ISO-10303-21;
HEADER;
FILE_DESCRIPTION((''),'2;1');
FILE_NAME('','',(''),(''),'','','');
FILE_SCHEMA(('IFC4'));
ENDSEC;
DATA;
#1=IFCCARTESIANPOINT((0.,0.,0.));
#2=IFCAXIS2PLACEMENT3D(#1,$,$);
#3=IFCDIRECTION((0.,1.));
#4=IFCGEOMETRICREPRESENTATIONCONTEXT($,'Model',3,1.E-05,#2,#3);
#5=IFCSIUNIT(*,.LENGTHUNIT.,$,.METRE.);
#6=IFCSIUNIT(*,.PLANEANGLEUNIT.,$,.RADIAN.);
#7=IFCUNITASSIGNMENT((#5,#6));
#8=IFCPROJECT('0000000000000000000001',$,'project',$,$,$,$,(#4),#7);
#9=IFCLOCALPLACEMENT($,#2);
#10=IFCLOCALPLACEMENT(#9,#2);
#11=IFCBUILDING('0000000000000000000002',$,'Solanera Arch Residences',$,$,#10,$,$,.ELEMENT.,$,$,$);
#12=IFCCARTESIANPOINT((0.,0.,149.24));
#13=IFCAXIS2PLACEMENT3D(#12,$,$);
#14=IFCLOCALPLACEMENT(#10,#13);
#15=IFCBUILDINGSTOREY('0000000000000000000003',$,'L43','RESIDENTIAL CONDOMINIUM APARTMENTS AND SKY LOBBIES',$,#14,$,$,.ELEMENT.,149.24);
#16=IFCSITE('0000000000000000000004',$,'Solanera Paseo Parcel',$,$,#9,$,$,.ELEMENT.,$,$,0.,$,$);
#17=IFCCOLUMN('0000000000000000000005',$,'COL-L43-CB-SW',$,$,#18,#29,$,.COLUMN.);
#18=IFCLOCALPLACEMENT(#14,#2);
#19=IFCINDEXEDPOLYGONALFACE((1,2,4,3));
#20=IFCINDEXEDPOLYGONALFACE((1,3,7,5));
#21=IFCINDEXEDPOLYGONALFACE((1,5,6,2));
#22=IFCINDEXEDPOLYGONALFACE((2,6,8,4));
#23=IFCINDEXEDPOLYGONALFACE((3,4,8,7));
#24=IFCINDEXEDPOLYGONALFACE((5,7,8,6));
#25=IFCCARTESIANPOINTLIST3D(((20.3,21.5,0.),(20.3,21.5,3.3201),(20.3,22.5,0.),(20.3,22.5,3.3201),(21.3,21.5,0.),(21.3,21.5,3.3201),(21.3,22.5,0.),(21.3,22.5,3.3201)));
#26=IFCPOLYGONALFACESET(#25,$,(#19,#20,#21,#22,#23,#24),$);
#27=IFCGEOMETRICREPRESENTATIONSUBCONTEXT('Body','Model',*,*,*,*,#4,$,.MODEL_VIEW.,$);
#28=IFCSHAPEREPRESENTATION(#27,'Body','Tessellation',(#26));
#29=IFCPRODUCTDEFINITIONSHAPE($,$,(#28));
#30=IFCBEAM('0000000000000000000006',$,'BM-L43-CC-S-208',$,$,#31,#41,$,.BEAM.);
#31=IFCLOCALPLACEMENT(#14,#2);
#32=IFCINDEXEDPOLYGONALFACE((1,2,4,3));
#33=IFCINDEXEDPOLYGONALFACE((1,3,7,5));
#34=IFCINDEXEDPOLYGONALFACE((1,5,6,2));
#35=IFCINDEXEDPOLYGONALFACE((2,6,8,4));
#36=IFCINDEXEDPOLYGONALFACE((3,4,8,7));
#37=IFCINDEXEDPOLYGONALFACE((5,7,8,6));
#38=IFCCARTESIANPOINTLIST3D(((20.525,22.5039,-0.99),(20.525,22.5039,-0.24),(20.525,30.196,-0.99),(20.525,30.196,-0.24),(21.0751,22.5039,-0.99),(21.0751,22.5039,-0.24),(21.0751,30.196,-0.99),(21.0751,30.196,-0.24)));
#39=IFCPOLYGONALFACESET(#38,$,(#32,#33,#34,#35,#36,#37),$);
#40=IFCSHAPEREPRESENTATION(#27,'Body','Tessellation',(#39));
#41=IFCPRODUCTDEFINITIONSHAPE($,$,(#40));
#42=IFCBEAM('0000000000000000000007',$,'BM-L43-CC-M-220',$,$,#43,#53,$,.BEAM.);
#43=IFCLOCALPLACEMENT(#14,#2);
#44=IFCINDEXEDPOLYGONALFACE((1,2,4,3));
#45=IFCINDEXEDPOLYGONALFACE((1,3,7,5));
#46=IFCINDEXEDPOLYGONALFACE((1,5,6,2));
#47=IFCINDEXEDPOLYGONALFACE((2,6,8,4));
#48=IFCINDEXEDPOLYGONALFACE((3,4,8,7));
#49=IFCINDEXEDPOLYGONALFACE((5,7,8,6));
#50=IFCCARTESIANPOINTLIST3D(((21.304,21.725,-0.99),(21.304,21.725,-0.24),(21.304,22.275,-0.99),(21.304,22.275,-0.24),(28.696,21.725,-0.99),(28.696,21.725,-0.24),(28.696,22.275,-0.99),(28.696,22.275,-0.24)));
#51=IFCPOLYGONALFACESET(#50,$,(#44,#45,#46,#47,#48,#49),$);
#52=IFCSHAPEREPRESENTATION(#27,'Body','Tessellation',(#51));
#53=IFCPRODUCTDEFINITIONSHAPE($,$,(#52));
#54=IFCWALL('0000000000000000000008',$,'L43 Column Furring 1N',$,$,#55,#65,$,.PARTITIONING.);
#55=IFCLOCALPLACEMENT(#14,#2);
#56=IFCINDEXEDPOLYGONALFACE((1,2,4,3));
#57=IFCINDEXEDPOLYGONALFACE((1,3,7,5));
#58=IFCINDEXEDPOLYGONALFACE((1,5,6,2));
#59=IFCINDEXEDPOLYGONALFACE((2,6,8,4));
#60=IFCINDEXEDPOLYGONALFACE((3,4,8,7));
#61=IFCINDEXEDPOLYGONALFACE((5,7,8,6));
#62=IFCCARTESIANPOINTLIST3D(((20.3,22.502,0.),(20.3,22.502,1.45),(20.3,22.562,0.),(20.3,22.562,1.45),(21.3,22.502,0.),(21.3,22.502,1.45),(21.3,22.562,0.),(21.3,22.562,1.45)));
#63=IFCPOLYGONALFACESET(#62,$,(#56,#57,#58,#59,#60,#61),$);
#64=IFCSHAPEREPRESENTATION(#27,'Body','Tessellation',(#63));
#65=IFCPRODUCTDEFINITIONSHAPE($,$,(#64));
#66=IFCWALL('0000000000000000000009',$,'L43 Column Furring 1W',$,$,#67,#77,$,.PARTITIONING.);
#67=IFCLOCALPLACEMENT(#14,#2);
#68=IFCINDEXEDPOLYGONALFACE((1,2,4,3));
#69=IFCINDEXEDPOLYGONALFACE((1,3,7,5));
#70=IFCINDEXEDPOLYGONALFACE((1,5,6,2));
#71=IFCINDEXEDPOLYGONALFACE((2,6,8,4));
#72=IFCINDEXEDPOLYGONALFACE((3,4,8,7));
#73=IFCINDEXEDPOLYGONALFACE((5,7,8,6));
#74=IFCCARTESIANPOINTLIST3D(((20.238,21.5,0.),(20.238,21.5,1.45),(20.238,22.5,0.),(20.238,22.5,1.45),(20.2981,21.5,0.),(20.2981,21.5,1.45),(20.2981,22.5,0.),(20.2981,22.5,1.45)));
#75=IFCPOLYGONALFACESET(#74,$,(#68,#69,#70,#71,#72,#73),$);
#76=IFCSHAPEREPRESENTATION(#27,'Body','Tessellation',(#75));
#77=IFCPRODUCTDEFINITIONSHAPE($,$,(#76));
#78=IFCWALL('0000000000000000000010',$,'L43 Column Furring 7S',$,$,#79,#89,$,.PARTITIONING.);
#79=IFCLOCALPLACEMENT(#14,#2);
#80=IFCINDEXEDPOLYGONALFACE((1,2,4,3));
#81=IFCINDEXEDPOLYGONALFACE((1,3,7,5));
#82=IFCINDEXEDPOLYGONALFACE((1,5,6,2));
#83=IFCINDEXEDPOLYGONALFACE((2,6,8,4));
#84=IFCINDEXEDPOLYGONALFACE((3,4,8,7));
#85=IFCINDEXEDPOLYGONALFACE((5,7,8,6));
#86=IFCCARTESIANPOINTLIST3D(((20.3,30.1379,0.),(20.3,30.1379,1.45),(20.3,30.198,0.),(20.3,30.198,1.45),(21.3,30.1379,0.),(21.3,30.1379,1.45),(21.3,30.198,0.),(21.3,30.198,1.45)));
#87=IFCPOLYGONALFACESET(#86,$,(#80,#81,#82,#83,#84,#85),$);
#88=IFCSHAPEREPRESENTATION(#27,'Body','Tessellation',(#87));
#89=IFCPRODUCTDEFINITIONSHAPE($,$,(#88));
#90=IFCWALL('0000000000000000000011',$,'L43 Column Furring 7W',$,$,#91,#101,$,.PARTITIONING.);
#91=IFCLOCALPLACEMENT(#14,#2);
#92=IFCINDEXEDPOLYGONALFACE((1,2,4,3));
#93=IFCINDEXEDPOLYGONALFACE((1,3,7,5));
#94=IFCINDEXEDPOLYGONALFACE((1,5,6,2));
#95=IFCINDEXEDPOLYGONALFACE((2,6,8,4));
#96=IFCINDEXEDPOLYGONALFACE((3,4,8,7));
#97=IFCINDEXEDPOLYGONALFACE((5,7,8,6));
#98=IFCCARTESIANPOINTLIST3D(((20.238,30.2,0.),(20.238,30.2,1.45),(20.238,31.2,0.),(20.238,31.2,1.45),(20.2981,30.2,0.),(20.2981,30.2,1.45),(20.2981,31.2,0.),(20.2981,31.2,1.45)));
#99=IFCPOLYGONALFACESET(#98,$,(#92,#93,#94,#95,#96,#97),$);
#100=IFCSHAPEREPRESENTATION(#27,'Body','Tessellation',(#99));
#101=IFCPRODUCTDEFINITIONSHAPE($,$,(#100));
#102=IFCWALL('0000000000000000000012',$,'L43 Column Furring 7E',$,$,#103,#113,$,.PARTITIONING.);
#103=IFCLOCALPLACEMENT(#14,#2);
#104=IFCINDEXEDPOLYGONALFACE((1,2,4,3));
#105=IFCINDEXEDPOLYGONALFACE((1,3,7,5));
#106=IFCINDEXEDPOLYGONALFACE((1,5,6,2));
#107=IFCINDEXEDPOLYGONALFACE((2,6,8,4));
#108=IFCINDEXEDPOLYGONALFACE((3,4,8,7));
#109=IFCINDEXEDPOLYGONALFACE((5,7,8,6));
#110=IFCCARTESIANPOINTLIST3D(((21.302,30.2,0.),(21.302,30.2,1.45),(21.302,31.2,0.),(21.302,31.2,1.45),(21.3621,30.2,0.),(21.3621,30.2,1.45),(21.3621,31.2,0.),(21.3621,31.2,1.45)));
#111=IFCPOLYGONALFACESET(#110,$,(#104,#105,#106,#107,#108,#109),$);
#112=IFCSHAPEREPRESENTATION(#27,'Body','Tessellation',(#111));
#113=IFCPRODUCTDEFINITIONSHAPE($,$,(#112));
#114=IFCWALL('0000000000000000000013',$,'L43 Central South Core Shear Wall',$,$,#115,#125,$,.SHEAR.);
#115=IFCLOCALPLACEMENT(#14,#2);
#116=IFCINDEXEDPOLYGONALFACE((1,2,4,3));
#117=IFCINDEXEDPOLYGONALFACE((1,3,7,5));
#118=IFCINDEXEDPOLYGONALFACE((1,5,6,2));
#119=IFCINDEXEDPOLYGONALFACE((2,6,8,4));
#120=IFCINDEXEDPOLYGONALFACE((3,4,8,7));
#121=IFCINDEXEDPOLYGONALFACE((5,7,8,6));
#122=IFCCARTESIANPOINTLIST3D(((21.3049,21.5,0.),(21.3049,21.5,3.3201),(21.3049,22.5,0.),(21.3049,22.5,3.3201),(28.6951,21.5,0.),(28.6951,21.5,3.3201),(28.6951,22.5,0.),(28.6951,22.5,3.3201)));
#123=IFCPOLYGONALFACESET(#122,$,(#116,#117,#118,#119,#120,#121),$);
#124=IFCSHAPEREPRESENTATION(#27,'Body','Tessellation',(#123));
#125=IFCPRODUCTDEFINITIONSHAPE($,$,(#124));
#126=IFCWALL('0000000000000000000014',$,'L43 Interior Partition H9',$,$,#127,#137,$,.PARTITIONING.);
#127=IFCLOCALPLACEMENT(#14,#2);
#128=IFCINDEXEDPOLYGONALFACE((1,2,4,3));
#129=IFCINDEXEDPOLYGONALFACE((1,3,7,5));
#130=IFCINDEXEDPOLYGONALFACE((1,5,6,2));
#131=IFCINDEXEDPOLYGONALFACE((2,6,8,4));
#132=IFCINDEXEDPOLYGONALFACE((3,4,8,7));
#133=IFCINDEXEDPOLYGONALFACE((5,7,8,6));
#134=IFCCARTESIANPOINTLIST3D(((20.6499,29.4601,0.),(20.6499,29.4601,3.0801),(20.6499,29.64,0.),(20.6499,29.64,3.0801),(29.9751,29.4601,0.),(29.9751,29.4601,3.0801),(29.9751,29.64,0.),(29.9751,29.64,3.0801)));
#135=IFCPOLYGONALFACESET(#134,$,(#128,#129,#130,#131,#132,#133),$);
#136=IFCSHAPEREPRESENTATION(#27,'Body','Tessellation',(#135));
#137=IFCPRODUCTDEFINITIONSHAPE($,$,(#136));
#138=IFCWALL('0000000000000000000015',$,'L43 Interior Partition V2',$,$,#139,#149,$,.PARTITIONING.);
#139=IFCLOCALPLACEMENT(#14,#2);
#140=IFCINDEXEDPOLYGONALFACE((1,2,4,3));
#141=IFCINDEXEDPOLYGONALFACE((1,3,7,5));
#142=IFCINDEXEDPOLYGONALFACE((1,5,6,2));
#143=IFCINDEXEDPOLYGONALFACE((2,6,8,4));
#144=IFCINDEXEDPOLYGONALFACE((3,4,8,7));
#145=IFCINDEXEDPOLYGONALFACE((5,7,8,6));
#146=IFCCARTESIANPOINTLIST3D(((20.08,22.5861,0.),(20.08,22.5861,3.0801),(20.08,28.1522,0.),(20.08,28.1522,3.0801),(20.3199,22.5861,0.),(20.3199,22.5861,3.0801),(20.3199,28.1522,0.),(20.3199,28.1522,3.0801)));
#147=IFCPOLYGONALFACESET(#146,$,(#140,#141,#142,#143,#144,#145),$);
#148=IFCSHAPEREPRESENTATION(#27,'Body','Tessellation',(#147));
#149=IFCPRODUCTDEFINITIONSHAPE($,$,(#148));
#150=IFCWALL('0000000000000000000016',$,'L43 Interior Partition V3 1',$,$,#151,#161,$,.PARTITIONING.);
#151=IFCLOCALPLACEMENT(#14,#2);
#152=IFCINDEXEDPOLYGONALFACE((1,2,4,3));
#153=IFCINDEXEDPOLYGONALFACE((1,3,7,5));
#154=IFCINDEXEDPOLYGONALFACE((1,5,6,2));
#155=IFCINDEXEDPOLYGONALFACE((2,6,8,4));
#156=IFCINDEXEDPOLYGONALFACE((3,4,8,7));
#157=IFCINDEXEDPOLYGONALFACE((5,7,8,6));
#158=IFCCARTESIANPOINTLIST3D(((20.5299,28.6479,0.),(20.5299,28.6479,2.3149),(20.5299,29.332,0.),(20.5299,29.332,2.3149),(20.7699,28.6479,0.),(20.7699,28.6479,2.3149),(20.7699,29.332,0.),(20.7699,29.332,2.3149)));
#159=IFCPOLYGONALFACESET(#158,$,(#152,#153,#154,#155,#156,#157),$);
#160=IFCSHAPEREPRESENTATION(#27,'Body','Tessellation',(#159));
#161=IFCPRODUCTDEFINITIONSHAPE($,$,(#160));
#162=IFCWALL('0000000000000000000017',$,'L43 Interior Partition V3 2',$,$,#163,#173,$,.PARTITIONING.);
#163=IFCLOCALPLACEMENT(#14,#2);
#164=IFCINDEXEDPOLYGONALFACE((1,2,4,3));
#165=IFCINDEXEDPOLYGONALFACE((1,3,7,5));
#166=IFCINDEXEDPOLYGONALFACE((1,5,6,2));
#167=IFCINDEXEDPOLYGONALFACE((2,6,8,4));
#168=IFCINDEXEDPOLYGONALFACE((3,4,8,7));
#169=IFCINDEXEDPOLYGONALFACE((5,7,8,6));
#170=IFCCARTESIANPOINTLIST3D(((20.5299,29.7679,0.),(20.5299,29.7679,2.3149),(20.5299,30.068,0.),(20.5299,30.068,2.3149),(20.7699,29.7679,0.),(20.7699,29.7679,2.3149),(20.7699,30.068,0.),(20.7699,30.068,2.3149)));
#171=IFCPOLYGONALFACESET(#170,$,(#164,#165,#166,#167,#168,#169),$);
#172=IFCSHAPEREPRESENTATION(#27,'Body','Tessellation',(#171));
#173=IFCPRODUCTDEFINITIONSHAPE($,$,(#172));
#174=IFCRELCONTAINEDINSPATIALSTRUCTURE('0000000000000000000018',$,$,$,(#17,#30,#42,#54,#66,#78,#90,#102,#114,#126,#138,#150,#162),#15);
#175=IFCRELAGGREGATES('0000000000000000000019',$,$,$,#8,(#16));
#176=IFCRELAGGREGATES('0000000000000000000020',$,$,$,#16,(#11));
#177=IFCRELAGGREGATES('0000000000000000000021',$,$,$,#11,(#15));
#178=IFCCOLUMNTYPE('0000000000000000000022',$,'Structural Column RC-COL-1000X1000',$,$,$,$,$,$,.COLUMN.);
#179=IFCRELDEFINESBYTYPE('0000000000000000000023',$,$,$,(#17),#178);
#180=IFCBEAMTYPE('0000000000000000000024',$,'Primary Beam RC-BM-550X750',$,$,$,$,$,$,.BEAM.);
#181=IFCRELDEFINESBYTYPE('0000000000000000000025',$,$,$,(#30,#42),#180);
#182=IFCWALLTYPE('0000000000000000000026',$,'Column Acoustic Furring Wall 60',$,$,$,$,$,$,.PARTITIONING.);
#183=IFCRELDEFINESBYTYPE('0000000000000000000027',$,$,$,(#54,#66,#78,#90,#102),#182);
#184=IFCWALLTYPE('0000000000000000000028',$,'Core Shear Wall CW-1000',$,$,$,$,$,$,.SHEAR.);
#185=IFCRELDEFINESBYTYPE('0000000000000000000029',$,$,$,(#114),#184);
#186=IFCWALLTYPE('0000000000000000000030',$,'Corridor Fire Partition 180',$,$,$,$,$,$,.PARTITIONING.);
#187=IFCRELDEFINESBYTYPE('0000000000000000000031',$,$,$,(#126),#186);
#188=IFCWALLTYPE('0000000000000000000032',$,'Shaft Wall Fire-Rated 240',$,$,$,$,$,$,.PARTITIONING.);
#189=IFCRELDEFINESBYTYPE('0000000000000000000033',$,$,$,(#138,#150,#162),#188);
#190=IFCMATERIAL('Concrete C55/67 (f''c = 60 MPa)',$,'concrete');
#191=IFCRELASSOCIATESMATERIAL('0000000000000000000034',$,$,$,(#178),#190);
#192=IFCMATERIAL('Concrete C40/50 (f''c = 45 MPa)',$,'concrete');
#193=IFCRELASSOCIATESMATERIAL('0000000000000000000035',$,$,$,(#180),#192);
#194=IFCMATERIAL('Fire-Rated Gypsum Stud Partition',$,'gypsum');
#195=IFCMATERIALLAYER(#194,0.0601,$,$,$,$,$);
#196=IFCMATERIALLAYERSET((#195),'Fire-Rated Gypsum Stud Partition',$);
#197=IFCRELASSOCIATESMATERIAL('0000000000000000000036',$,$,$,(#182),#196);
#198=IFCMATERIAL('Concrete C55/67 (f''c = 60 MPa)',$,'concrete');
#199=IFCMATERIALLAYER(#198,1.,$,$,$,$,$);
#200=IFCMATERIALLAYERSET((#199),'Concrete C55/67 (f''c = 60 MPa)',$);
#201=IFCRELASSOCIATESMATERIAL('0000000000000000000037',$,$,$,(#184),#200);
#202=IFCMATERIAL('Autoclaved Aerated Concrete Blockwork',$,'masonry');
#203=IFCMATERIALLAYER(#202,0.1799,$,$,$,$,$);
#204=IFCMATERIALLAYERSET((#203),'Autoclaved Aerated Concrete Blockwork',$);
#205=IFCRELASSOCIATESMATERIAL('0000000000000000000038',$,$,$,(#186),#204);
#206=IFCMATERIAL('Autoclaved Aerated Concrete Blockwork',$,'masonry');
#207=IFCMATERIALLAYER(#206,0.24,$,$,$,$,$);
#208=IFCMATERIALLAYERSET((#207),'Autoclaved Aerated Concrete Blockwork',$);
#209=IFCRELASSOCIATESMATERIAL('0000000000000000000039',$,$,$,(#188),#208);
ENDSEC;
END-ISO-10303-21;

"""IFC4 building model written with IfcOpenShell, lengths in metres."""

from ifc_helpers import new_model, si_unit, direction, frame, frame_2d, origin, origin_2d, place, context, subcontext, project, spatial, rectangle, extrude, material, layer, layer_set, material_profile, profile_set, type_object, element, save


model = new_model("IFC4")

# Units and contexts
model_context = context("Model", 3, precision=1e-05, world=origin(), true_north=direction((0.0, 1.0)))
body_context = subcontext(model_context, "Body", "Model", "MODEL_VIEW")
ifc_project = project(units=[si_unit("LENGTHUNIT", "METRE"), si_unit("PLANEANGLEUNIT", "RADIAN")], contexts=[model_context])

# Site, building, storey
site_placement = place(None, origin())
site = spatial("IfcSite", under=ifc_project, at=site_placement, Name="Solanera Paseo Parcel", CompositionType="ELEMENT", RefElevation=0.0)
building_placement = place(site_placement, origin())
building = spatial("IfcBuilding", under=site, at=building_placement, Name="Solanera Arch Residences", CompositionType="ELEMENT")
storey_placement = place(building_placement, frame((0.0, 0.0, 149.24)))
storey = spatial("IfcBuildingStorey", under=building, at=storey_placement, Name="L43", Description="RESIDENTIAL CONDOMINIUM APARTMENTS AND SKY LOBBIES", CompositionType="ELEMENT", Elevation=149.24)

# Column
ifc_material_1 = material(Name="Concrete C55/67 (f'c = 60 MPa)", Category="concrete")
ifc_material_profile_1 = material_profile(ifc_material_1, rectangle(XDim=1.0, YDim=1.0, at=origin_2d()))
ifc_profile_set_1 = profile_set([ifc_material_profile_1], Name="Concrete C55/67 (f'c = 60 MPa)")
column_type = type_object("IfcColumnType", Name="Structural Column RC-COL-1000X1000", PredefinedType="COLUMN", material=ifc_profile_set_1)
column_placement = place(storey_placement, frame((20.8, 22.0, 0.0), z_axis=(0.0, 0.0, 1.0), x_axis=(1.0, 0.0, 0.0)))
element("IfcColumn", 1, at=column_placement, inside=storey, type_object=column_type, Name="COL-L43-CB-SW", PredefinedType="COLUMN", context=body_context, shape_type="SweptSolid", body=[
    extrude(rectangle(XDim=1.0, YDim=1.0, at=origin_2d()), origin(), (0.0, 0.0, 1.0), 3.3201),
])

# Beams
ifc_material_2 = material(Name="Concrete C40/50 (f'c = 45 MPa)", Category="concrete")
ifc_material_profile_2 = material_profile(ifc_material_2, rectangle(XDim=0.55, YDim=0.75, at=origin_2d()))
ifc_profile_set_2 = profile_set([ifc_material_profile_2], Name="Concrete C40/50 (f'c = 45 MPa)")
beam_type = type_object("IfcBeamType", Name="Primary Beam RC-BM-550X750", PredefinedType="BEAM", material=ifc_profile_set_2)
beam_1_placement = place(storey_placement, frame((20.8, 22.5039, -0.615), z_axis=(0.0, 1.0, 0.0), x_axis=(-1.0, 0.0, 0.0)))
element("IfcBeam", 2, at=beam_1_placement, inside=storey, type_object=beam_type, Name="BM-L43-CC-S-208", PredefinedType="BEAM", context=body_context, shape_type="SweptSolid", body=[
    extrude(rectangle(XDim=0.55, YDim=0.75, at=origin_2d()), origin(), (0.0, 0.0, 1.0), 7.6921),
])
beam_2_placement = place(storey_placement, frame((21.304, 22.0, -0.615), z_axis=(1.0, 0.0, 0.0), x_axis=(0.0, 1.0, 0.0)))
element("IfcBeam", 3, at=beam_2_placement, inside=storey, type_object=beam_type, Name="BM-L43-CC-M-220", PredefinedType="BEAM", context=body_context, shape_type="SweptSolid", body=[
    extrude(rectangle(XDim=0.55, YDim=0.75, at=origin_2d()), origin(), (0.0, 0.0, 1.0), 7.3921),
])

# Walls
ifc_material_3 = material(Name="Fire-Rated Gypsum Stud Partition", Category="gypsum")
ifc_layer_1 = layer(ifc_material_3, 0.0601)
ifc_layer_set_1 = layer_set([ifc_layer_1], Name="Fire-Rated Gypsum Stud Partition")
wall_type_1 = type_object("IfcWallType", Name="Column Acoustic Furring Wall 60", PredefinedType="PARTITIONING", material=ifc_layer_set_1)
for number, where, z_axis, x_axis, name in (
    (4, (20.3, 22.532, 0.0), (0.0, 0.0, 1.0), (1.0, 0.0, 0.0), "L43 Column Furring 1N"),
    (5, (20.2681, 21.5, 0.0), (0.0, 0.0, 1.0), (0.0, 1.0, 0.0), "L43 Column Furring 1W"),
    (6, (20.3, 30.168, 0.0), (0.0, 0.0, 1.0), (1.0, 0.0, 0.0), "L43 Column Furring 7S"),
    (7, (20.2681, 30.2, 0.0), (0.0, 0.0, 1.0), (0.0, 1.0, 0.0), "L43 Column Furring 7W"),
    (8, (21.332, 30.2, 0.0), (0.0, 0.0, 1.0), (0.0, 1.0, 0.0), "L43 Column Furring 7E"),
):
    element("IfcWall", number, at=place(storey_placement, frame(where, z_axis=z_axis, x_axis=x_axis)), inside=storey, type_object=wall_type_1, Name=name, PredefinedType="PARTITIONING", context=body_context, shape_type="SweptSolid", body=[
        extrude(rectangle(XDim=1.0, YDim=0.0601, at=frame_2d((0.5, 0.0))), origin(), (0.0, 0.0, 1.0), 1.45),
    ])
ifc_material_4 = material(Name="Concrete C55/67 (f'c = 60 MPa)", Category="concrete")
ifc_layer_2 = layer(ifc_material_4, 1.0)
ifc_layer_set_2 = layer_set([ifc_layer_2], Name="Concrete C55/67 (f'c = 60 MPa)")
wall_type_2 = type_object("IfcWallType", Name="Core Shear Wall CW-1000", PredefinedType="SHEAR", material=ifc_layer_set_2)
wall_1_placement = place(storey_placement, frame((21.3049, 22.0, 0.0), z_axis=(0.0, 0.0, 1.0), x_axis=(1.0, 0.0, 0.0)))
element("IfcWall", 9, at=wall_1_placement, inside=storey, type_object=wall_type_2, Name="L43 Central South Core Shear Wall", PredefinedType="SHEAR", context=body_context, shape_type="SweptSolid", body=[
    extrude(rectangle(XDim=7.3901, YDim=1.0, at=frame_2d((3.6951, 0.0))), origin(), (0.0, 0.0, 1.0), 3.3201),
])

# Wall
ifc_material_5 = material(Name="Autoclaved Aerated Concrete Blockwork", Category="masonry")
ifc_layer_3 = layer(ifc_material_5, 0.1799)
ifc_layer_set_3 = layer_set([ifc_layer_3], Name="Autoclaved Aerated Concrete Blockwork")
wall_type_3 = type_object("IfcWallType", Name="Corridor Fire Partition 180", PredefinedType="PARTITIONING", material=ifc_layer_set_3)
wall_2_placement = place(storey_placement, frame((20.6499, 29.55, 0.0), z_axis=(0.0, 0.0, 1.0), x_axis=(1.0, 0.0, 0.0)))
element("IfcWall", 10, at=wall_2_placement, inside=storey, type_object=wall_type_3, Name="L43 Interior Partition H9", PredefinedType="PARTITIONING", context=body_context, shape_type="SweptSolid", body=[
    extrude(rectangle(XDim=9.3252, YDim=0.1799, at=frame_2d((4.6626, 0.0))), origin(), (0.0, 0.0, 1.0), 3.0801),
])

# Shared definitions
ifc_material_6 = material(Name="Autoclaved Aerated Concrete Blockwork", Category="masonry")
ifc_layer_4 = layer(ifc_material_6, 0.24)
ifc_layer_set_4 = layer_set([ifc_layer_4], Name="Autoclaved Aerated Concrete Blockwork")
wall_type_4 = type_object("IfcWallType", Name="Shaft Wall Fire-Rated 240", PredefinedType="PARTITIONING", material=ifc_layer_set_4)

# Walls
wall_3_placement = place(storey_placement, frame((20.2, 22.5859, 0.0), z_axis=(0.0, 0.0, 1.0), x_axis=(0.0, 1.0, 0.0)))
element("IfcWall", 11, at=wall_3_placement, inside=storey, type_object=wall_type_4, Name="L43 Interior Partition V2", PredefinedType="PARTITIONING", context=body_context, shape_type="SweptSolid", body=[
    extrude(rectangle(XDim=5.5662, YDim=0.24, at=frame_2d((2.7832, 0.0))), origin(), (0.0, 0.0, 1.0), 3.0801),
])
wall_4_placement = place(storey_placement, frame((20.6499, 28.6479, 0.0), z_axis=(0.0, 0.0, 1.0), x_axis=(0.0, 1.0, 0.0)))
element("IfcWall", 12, at=wall_4_placement, inside=storey, type_object=wall_type_4, Name="L43 Interior Partition V3 1", PredefinedType="PARTITIONING", context=body_context, shape_type="SweptSolid", body=[
    extrude(rectangle(XDim=0.6841, YDim=0.24, at=frame_2d((0.342, 0.0))), origin(), (0.0, 0.0, 1.0), 2.3149),
])
wall_5_placement = place(storey_placement, frame((20.6499, 29.7681, 0.0), z_axis=(0.0, 0.0, 1.0), x_axis=(0.0, 1.0, 0.0)))
element("IfcWall", 13, at=wall_5_placement, inside=storey, type_object=wall_type_4, Name="L43 Interior Partition V3 2", PredefinedType="PARTITIONING", context=body_context, shape_type="SweptSolid", body=[
    extrude(rectangle(XDim=0.3, YDim=0.24, at=frame_2d((0.1499, 0.0))), origin(), (0.0, 0.0, 1.0), 2.3149),
])

save(model, "model.ifc")
